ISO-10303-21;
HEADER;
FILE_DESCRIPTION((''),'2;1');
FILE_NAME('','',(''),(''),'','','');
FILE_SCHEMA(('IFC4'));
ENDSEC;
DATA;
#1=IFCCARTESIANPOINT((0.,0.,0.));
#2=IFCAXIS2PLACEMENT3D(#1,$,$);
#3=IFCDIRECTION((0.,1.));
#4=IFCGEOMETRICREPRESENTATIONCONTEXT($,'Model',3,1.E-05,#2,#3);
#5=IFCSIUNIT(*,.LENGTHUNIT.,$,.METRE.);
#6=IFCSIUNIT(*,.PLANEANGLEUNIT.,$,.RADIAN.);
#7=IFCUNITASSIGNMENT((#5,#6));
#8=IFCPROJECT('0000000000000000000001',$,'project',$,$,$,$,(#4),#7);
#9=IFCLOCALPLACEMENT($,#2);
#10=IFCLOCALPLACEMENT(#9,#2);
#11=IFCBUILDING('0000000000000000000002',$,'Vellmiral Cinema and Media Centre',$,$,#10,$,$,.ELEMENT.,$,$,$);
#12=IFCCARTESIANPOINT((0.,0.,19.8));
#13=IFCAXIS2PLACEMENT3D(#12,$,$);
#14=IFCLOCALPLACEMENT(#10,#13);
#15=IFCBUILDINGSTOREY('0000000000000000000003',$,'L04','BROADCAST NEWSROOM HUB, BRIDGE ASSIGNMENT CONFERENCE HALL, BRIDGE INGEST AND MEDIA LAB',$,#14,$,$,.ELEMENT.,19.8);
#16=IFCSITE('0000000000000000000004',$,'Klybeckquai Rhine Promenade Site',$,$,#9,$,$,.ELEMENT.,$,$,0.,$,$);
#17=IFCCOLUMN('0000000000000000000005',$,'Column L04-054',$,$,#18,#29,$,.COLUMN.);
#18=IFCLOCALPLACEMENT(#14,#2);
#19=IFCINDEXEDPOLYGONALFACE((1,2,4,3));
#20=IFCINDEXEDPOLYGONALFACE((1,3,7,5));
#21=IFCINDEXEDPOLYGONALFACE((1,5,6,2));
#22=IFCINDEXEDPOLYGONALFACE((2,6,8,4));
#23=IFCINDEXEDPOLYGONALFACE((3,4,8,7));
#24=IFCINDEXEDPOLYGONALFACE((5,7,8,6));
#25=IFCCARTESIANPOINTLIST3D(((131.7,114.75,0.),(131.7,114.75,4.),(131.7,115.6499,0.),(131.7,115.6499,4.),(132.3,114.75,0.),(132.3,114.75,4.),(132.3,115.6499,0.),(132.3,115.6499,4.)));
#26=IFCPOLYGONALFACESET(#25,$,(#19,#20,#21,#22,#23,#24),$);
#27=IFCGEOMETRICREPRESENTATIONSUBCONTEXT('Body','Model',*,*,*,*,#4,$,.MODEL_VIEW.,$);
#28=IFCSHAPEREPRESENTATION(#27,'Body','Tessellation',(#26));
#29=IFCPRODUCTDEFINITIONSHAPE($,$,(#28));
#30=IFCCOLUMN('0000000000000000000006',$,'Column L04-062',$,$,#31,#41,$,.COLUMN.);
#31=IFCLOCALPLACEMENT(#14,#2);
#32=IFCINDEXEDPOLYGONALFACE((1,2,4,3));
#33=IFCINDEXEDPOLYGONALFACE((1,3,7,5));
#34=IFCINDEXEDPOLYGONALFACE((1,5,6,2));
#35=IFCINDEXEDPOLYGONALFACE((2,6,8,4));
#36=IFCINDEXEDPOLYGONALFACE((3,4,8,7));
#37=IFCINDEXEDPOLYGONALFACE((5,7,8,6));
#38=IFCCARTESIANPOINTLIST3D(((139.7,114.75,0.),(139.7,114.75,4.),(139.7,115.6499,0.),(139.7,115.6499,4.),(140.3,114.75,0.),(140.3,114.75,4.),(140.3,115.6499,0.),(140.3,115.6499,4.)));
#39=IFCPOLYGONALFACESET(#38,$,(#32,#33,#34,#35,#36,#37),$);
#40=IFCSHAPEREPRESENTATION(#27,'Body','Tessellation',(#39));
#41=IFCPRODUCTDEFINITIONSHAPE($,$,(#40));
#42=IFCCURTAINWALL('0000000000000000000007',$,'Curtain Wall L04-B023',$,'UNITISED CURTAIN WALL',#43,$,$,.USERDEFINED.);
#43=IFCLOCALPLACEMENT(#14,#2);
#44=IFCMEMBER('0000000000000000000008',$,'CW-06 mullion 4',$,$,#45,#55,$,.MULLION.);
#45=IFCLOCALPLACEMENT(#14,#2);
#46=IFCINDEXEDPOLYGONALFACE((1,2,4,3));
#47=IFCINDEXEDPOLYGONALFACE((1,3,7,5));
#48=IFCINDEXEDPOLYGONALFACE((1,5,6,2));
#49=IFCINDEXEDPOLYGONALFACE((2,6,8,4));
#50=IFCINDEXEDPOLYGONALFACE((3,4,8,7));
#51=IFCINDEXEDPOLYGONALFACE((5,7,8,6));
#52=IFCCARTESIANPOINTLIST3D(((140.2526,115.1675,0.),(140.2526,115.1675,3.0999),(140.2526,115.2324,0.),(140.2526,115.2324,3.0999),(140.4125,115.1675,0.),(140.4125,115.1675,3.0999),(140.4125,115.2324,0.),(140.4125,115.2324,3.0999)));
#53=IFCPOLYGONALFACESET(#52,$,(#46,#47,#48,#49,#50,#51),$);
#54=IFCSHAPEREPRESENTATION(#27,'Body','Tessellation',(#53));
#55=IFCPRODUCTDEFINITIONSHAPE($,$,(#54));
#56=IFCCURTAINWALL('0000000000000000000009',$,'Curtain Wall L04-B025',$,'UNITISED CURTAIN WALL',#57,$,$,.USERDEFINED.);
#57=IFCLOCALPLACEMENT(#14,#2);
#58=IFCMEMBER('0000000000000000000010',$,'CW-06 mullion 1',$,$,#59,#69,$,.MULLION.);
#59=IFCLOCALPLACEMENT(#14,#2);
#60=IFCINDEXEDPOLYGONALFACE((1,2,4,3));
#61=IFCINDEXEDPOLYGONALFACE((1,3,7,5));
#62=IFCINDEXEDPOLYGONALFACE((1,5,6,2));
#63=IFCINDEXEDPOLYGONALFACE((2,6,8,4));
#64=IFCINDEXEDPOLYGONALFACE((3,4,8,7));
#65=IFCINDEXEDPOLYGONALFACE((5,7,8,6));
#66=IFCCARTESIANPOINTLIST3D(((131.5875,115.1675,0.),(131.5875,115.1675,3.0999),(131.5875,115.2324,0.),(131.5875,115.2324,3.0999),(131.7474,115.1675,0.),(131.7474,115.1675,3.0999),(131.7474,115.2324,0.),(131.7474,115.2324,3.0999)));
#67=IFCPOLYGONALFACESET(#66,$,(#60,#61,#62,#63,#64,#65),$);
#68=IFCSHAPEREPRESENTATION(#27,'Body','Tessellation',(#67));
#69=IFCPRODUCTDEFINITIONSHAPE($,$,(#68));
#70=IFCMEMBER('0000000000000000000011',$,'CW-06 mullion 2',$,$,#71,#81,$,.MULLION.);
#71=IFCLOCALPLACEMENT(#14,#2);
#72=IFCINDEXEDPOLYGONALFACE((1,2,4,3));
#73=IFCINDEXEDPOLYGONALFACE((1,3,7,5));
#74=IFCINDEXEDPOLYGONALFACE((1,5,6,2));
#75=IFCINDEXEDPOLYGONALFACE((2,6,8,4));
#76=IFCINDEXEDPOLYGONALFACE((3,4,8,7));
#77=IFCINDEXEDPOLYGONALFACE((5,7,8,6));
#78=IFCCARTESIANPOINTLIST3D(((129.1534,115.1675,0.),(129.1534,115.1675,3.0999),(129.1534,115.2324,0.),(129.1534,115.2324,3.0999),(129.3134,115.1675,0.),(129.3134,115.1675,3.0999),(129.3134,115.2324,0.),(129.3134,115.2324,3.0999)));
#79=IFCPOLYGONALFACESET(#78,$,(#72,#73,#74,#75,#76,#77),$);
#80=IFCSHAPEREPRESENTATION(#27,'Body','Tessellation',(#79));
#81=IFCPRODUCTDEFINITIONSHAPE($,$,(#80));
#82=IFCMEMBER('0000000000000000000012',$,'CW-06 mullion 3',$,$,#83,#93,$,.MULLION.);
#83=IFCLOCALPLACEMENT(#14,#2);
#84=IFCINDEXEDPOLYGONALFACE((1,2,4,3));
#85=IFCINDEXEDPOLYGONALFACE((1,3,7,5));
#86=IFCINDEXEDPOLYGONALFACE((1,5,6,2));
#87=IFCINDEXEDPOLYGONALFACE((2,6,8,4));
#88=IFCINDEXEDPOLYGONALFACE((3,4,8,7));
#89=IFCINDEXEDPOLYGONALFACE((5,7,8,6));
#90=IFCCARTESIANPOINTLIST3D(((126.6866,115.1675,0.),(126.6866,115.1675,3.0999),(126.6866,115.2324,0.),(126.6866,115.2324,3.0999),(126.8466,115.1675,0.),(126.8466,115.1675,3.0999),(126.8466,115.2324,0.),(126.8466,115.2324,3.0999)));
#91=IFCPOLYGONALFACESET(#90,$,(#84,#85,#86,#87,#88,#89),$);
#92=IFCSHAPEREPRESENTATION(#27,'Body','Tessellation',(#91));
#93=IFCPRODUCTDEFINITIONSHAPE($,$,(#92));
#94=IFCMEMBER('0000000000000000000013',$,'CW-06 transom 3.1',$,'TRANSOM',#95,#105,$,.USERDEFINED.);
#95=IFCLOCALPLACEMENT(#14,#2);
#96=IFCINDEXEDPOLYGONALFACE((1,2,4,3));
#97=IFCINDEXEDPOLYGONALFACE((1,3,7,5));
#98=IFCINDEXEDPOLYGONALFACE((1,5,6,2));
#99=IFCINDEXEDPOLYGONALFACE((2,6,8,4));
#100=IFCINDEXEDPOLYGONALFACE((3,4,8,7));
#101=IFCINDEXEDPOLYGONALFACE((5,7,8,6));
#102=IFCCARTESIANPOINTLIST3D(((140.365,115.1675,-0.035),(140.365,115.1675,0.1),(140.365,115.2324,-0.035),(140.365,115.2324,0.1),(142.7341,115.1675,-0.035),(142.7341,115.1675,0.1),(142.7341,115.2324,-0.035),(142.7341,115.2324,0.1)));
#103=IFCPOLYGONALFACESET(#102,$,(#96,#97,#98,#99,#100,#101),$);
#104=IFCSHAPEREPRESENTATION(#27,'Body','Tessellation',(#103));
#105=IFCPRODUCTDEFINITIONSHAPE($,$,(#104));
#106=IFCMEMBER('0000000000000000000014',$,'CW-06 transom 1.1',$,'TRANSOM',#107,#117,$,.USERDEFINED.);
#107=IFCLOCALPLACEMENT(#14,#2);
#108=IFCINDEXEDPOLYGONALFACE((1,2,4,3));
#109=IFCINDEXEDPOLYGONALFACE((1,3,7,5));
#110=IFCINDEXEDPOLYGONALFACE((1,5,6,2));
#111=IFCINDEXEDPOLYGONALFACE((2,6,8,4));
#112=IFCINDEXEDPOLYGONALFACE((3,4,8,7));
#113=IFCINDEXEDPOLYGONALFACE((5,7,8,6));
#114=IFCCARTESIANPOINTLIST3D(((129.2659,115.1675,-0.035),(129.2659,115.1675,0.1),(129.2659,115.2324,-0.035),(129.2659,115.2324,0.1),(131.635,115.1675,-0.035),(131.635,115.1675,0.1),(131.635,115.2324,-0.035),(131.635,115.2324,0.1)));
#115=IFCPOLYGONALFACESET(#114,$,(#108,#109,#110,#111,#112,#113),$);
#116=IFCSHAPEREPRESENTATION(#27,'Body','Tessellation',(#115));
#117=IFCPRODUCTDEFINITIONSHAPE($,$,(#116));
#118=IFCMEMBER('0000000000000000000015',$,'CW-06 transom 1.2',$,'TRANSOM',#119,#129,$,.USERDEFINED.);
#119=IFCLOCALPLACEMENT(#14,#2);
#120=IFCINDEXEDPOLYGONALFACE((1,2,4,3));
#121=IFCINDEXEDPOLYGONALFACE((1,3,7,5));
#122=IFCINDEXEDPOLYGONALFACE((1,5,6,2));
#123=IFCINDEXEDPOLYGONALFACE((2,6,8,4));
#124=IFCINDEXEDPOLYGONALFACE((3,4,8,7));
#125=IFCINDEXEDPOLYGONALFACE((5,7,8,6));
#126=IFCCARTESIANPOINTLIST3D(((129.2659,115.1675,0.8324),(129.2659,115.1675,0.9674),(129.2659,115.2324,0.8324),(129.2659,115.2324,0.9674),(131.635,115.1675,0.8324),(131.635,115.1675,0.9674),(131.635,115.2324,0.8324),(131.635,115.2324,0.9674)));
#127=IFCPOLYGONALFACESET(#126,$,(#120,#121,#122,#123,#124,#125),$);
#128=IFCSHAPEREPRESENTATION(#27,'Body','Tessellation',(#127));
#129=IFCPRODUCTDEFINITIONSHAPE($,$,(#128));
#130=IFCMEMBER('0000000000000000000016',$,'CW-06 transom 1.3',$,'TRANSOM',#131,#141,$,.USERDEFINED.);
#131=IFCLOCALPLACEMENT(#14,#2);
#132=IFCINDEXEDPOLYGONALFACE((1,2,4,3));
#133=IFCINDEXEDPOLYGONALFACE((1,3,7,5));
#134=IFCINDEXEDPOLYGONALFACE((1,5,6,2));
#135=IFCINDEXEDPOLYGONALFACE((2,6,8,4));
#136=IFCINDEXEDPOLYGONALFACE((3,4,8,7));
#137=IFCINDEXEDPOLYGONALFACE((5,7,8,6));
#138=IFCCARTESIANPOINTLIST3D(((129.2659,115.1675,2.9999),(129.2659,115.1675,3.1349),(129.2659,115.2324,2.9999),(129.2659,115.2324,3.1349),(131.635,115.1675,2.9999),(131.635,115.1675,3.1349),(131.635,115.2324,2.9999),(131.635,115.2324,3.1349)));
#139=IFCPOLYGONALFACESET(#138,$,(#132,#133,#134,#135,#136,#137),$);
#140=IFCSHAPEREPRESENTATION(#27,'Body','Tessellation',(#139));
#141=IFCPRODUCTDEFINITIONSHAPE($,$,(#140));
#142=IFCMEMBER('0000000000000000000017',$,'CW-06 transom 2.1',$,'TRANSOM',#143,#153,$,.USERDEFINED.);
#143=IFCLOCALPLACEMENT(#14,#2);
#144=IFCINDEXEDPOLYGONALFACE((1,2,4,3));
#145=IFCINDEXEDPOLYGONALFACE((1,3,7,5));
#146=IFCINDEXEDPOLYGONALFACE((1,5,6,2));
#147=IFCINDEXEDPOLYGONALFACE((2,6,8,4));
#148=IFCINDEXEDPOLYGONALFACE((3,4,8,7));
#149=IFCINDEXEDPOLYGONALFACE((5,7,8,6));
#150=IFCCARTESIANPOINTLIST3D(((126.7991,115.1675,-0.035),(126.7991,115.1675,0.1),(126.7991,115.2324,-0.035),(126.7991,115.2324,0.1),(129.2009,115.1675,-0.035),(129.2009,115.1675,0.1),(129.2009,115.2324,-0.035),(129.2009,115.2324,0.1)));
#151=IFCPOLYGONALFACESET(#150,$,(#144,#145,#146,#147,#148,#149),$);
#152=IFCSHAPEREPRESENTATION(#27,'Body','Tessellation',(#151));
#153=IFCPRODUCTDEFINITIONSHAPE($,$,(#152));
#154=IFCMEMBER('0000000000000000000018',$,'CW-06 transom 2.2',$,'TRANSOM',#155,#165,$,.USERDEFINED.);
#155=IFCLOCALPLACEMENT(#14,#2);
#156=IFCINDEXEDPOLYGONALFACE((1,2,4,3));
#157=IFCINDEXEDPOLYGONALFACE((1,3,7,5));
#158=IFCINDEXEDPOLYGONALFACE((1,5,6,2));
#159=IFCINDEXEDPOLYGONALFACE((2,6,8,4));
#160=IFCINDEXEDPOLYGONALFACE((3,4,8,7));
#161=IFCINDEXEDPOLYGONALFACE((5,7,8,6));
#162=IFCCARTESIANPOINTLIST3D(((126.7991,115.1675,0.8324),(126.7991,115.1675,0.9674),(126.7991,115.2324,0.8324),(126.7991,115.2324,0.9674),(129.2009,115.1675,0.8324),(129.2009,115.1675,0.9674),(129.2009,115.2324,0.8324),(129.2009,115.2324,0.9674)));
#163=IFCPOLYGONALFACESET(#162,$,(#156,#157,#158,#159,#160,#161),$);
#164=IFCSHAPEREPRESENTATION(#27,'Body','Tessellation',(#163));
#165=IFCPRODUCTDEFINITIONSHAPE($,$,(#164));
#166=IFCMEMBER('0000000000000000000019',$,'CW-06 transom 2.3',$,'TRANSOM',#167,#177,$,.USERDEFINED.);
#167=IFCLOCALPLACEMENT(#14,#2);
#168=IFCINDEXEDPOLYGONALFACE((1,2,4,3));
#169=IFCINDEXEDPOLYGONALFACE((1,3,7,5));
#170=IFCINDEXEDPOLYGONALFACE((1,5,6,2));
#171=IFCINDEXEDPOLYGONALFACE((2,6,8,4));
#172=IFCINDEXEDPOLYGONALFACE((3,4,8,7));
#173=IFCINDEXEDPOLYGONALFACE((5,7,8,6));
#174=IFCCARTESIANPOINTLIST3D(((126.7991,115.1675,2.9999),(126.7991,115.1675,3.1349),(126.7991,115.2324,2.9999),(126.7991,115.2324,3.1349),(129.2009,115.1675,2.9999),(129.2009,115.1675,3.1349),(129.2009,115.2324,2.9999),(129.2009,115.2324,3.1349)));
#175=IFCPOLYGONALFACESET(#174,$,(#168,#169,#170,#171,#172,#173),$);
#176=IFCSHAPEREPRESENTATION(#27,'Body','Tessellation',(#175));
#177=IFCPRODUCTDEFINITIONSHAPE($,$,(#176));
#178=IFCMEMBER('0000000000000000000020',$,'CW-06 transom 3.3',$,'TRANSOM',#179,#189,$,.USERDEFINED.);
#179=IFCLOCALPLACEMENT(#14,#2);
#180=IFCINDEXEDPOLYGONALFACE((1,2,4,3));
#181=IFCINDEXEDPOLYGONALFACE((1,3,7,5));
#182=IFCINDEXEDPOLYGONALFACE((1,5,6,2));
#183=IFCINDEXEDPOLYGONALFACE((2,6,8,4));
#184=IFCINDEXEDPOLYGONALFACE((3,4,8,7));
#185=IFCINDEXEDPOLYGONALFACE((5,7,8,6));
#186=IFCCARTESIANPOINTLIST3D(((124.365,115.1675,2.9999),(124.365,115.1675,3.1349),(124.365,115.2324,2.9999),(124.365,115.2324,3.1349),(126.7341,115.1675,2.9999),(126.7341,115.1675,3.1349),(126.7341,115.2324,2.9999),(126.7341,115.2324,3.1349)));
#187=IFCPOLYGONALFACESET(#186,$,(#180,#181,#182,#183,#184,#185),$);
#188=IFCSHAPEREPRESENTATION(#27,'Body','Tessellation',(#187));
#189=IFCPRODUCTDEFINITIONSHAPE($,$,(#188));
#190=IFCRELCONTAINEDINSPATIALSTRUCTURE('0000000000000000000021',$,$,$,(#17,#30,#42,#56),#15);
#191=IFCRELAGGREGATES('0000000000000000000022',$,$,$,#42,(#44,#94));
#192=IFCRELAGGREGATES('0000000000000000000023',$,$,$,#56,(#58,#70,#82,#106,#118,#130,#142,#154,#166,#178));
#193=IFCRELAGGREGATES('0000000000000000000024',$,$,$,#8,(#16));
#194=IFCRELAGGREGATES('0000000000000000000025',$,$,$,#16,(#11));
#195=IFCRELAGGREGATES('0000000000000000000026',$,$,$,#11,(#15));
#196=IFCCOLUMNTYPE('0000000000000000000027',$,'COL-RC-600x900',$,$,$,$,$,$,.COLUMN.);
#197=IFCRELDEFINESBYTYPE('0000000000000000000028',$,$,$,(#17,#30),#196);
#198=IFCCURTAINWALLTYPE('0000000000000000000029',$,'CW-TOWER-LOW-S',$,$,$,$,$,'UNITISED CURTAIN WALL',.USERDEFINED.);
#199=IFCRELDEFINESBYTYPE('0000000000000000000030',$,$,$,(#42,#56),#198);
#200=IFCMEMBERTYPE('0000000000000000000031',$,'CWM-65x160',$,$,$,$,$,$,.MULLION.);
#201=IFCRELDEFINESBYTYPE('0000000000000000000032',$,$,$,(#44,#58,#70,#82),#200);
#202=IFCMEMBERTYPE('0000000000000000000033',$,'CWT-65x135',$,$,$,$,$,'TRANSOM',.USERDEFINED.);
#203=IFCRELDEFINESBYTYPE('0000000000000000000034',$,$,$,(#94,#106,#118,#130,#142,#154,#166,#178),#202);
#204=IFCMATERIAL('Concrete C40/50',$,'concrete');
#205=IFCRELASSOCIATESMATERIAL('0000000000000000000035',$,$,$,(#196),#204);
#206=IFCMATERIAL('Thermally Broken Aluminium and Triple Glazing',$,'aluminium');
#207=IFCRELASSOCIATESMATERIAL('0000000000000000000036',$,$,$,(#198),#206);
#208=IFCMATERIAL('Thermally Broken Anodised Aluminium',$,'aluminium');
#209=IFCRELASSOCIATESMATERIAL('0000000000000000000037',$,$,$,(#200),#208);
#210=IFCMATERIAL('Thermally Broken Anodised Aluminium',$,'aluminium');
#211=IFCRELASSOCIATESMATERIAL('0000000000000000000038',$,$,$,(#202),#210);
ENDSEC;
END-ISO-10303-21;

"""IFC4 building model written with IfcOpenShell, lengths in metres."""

from ifc_helpers import new_model, si_unit, direction, frame, origin, origin_2d, place, context, subcontext, project, spatial, rectangle, extrude, material, material_profile, profile_set, type_object, element, aggregate, save


model = new_model("IFC4")

# Units and contexts
model_context = context("Model", 3, precision=1e-05, world=origin(), true_north=direction((0.0, 1.0)))
body_context = subcontext(model_context, "Body", "Model", "MODEL_VIEW")
ifc_project = project(units=[si_unit("LENGTHUNIT", "METRE"), si_unit("PLANEANGLEUNIT", "RADIAN")], contexts=[model_context])

# Site, building, storey
site_placement = place(None, origin())
site = spatial("IfcSite", under=ifc_project, at=site_placement, Name="Klybeckquai Rhine Promenade Site", CompositionType="ELEMENT", RefElevation=0.0)
building_placement = place(site_placement, origin())
building = spatial("IfcBuilding", under=site, at=building_placement, Name="Vellmiral Cinema and Media Centre", CompositionType="ELEMENT")
storey_placement = place(building_placement, frame((0.0, 0.0, 19.8)))
storey = spatial("IfcBuildingStorey", under=building, at=storey_placement, Name="L04", Description="BROADCAST NEWSROOM HUB, BRIDGE ASSIGNMENT CONFERENCE HALL, BRIDGE INGEST AND MEDIA LAB", CompositionType="ELEMENT", Elevation=19.8)

# Columns
ifc_material_1 = material(Name="Concrete C40/50", Category="concrete")
ifc_material_profile_1 = material_profile(ifc_material_1, rectangle(XDim=0.6001, YDim=0.8999, at=origin_2d()), Name="RC 600x900")
ifc_profile_set_1 = profile_set([ifc_material_profile_1], Name="Concrete C40/50")
column_type = type_object("IfcColumnType", Name="COL-RC-600x900", PredefinedType="COLUMN", material=ifc_profile_set_1)
for number, where, z_axis, x_axis, name in (
    (1, (132.0, 115.2, 0.0), (0.0, 0.0, 1.0), (1.0, 0.0, 0.0), "Column L04-054"),
    (2, (140.0, 115.2, 0.0), (0.0, 0.0, 1.0), (1.0, 0.0, 0.0), "Column L04-062"),
):
    element("IfcColumn", number, at=place(storey_placement, frame(where, z_axis=z_axis, x_axis=x_axis)), inside=storey, type_object=column_type, Name=name, PredefinedType="COLUMN", context=body_context, shape_type="SweptSolid", body=[
        extrude(rectangle(XDim=0.6001, YDim=0.8999, at=origin_2d()), origin(), (0.0, 0.0, 1.0), 4.0),
    ])

# Curtain wall, member
ifc_material_2 = material(Name="Thermally Broken Aluminium and Triple Glazing", Category="aluminium")
curtain_wall_type = type_object("IfcCurtainWallType", Name="CW-TOWER-LOW-S", ElementType="UNITISED CURTAIN WALL", PredefinedType="USERDEFINED", material=ifc_material_2)
curtain_wall_1_placement = place(storey_placement, origin())
curtain_wall_1 = element("IfcCurtainWall", 3, at=curtain_wall_1_placement, inside=storey, type_object=curtain_wall_type, Name="Curtain Wall L04-B023", ObjectType="UNITISED CURTAIN WALL", PredefinedType="USERDEFINED")
ifc_material_3 = material(Name="Thermally Broken Anodised Aluminium", Category="aluminium")
ifc_material_profile_2 = material_profile(ifc_material_3, rectangle(XDim=0.0649, YDim=0.1599, at=origin_2d()), Name="MULL 65x160")
ifc_profile_set_2 = profile_set([ifc_material_profile_2], Name="Thermally Broken Anodised Aluminium")
member_type_1 = type_object("IfcMemberType", Name="CWM-65x160", PredefinedType="MULLION", material=ifc_profile_set_2)
member_1_placement = place(storey_placement, frame((140.3325, 115.2, 0.0), z_axis=(0.0, 0.0, 1.0), x_axis=(0.0, -1.0, 0.0)))
member_1 = element("IfcMember", 4, at=member_1_placement, type_object=member_type_1, Name="CW-06 mullion 4", PredefinedType="MULLION", context=body_context, shape_type="SweptSolid", body=[
    extrude(rectangle(XDim=0.0649, YDim=0.1599, at=origin_2d()), origin(), (0.0, 0.0, 1.0), 3.0999),
])

# Curtain wall, members
curtain_wall_2_placement = place(storey_placement, origin())
curtain_wall_2 = element("IfcCurtainWall", 5, at=curtain_wall_2_placement, inside=storey, type_object=curtain_wall_type, Name="Curtain Wall L04-B025", ObjectType="UNITISED CURTAIN WALL", PredefinedType="USERDEFINED")
member_2_placement = place(storey_placement, frame((131.6675, 115.2, 0.0), z_axis=(0.0, 0.0, 1.0), x_axis=(0.0, -1.0, 0.0)))
member_2 = element("IfcMember", 6, at=member_2_placement, type_object=member_type_1, Name="CW-06 mullion 1", PredefinedType="MULLION", context=body_context, shape_type="SweptSolid", body=[
    extrude(rectangle(XDim=0.0649, YDim=0.1599, at=origin_2d()), origin(), (0.0, 0.0, 1.0), 3.0999),
])
member_3_placement = place(storey_placement, frame((129.2334, 115.2, 0.0), z_axis=(0.0, 0.0, 1.0), x_axis=(0.0, -1.0, 0.0)))
member_3 = element("IfcMember", 7, at=member_3_placement, type_object=member_type_1, Name="CW-06 mullion 2", PredefinedType="MULLION", context=body_context, shape_type="SweptSolid", body=[
    extrude(rectangle(XDim=0.0649, YDim=0.1599, at=origin_2d()), origin(), (0.0, 0.0, 1.0), 3.0999),
])
member_4_placement = place(storey_placement, frame((126.7666, 115.2, 0.0), z_axis=(0.0, 0.0, 1.0), x_axis=(0.0, -1.0, 0.0)))
member_4 = element("IfcMember", 8, at=member_4_placement, type_object=member_type_1, Name="CW-06 mullion 3", PredefinedType="MULLION", context=body_context, shape_type="SweptSolid", body=[
    extrude(rectangle(XDim=0.0649, YDim=0.1599, at=origin_2d()), origin(), (0.0, 0.0, 1.0), 3.0999),
])

# Members
ifc_material_4 = material(Name="Thermally Broken Anodised Aluminium", Category="aluminium")
ifc_material_profile_3 = material_profile(ifc_material_4, rectangle(XDim=0.0649, YDim=0.135, at=origin_2d()), Name="MULL 65x135")
ifc_profile_set_3 = profile_set([ifc_material_profile_3], Name="Thermally Broken Anodised Aluminium")
member_type_2 = type_object("IfcMemberType", Name="CWT-65x135", ElementType="TRANSOM", PredefinedType="USERDEFINED", material=ifc_profile_set_3)
member_5_placement = place(storey_placement, frame((142.7341, 115.2, 0.0325), z_axis=(-1.0, 0.0, 0.0), x_axis=(0.0, -1.0, 0.0)))
member_5 = element("IfcMember", 9, at=member_5_placement, type_object=member_type_2, Name="CW-06 transom 3.1", ObjectType="TRANSOM", PredefinedType="USERDEFINED", context=body_context, shape_type="SweptSolid", body=[
    extrude(rectangle(XDim=0.0649, YDim=0.135, at=origin_2d()), origin(), (0.0, 0.0, 1.0), 2.3691),
])
member_6_placement = place(storey_placement, frame((131.635, 115.2, 0.0325), z_axis=(-1.0, 0.0, 0.0), x_axis=(0.0, -1.0, 0.0)))
member_6 = element("IfcMember", 10, at=member_6_placement, type_object=member_type_2, Name="CW-06 transom 1.1", ObjectType="TRANSOM", PredefinedType="USERDEFINED", context=body_context, shape_type="SweptSolid", body=[
    extrude(rectangle(XDim=0.0649, YDim=0.135, at=origin_2d()), origin(), (0.0, 0.0, 1.0), 2.3691),
])
member_7_placement = place(storey_placement, frame((131.635, 115.2, 0.8999), z_axis=(-1.0, 0.0, 0.0), x_axis=(0.0, -1.0, 0.0)))
member_7 = element("IfcMember", 11, at=member_7_placement, type_object=member_type_2, Name="CW-06 transom 1.2", ObjectType="TRANSOM", PredefinedType="USERDEFINED", context=body_context, shape_type="SweptSolid", body=[
    extrude(rectangle(XDim=0.0649, YDim=0.135, at=origin_2d()), origin(), (0.0, 0.0, 1.0), 2.3691),
])
member_8_placement = place(storey_placement, frame((131.635, 115.2, 3.0674), z_axis=(-1.0, 0.0, 0.0), x_axis=(0.0, -1.0, 0.0)))
member_8 = element("IfcMember", 12, at=member_8_placement, type_object=member_type_2, Name="CW-06 transom 1.3", ObjectType="TRANSOM", PredefinedType="USERDEFINED", context=body_context, shape_type="SweptSolid", body=[
    extrude(rectangle(XDim=0.0649, YDim=0.135, at=origin_2d()), origin(), (0.0, 0.0, 1.0), 2.3691),
])
member_9_placement = place(storey_placement, frame((129.2009, 115.2, 0.0325), z_axis=(-1.0, 0.0, 0.0), x_axis=(0.0, -1.0, 0.0)))
member_9 = element("IfcMember", 13, at=member_9_placement, type_object=member_type_2, Name="CW-06 transom 2.1", ObjectType="TRANSOM", PredefinedType="USERDEFINED", context=body_context, shape_type="SweptSolid", body=[
    extrude(rectangle(XDim=0.0649, YDim=0.135, at=origin_2d()), origin(), (0.0, 0.0, 1.0), 2.4019),
])
member_10_placement = place(storey_placement, frame((129.2009, 115.2, 0.8999), z_axis=(-1.0, 0.0, 0.0), x_axis=(0.0, -1.0, 0.0)))
member_10 = element("IfcMember", 14, at=member_10_placement, type_object=member_type_2, Name="CW-06 transom 2.2", ObjectType="TRANSOM", PredefinedType="USERDEFINED", context=body_context, shape_type="SweptSolid", body=[
    extrude(rectangle(XDim=0.0649, YDim=0.135, at=origin_2d()), origin(), (0.0, 0.0, 1.0), 2.4019),
])
member_11_placement = place(storey_placement, frame((129.2009, 115.2, 3.0674), z_axis=(-1.0, 0.0, 0.0), x_axis=(0.0, -1.0, 0.0)))
member_11 = element("IfcMember", 15, at=member_11_placement, type_object=member_type_2, Name="CW-06 transom 2.3", ObjectType="TRANSOM", PredefinedType="USERDEFINED", context=body_context, shape_type="SweptSolid", body=[
    extrude(rectangle(XDim=0.0649, YDim=0.135, at=origin_2d()), origin(), (0.0, 0.0, 1.0), 2.4019),
])
member_12_placement = place(storey_placement, frame((126.7341, 115.2, 3.0674), z_axis=(-1.0, 0.0, 0.0), x_axis=(0.0, -1.0, 0.0)))
member_12 = element("IfcMember", 16, at=member_12_placement, type_object=member_type_2, Name="CW-06 transom 3.3", ObjectType="TRANSOM", PredefinedType="USERDEFINED", context=body_context, shape_type="SweptSolid", body=[
    extrude(rectangle(XDim=0.0649, YDim=0.135, at=origin_2d()), origin(), (0.0, 0.0, 1.0), 2.3691),
])

aggregate(curtain_wall_1, [member_1, member_5])
aggregate(curtain_wall_2, [member_2, member_3, member_4, member_6, member_7, member_8, member_9, member_10, member_11, member_12])

save(model, "model.ifc")
